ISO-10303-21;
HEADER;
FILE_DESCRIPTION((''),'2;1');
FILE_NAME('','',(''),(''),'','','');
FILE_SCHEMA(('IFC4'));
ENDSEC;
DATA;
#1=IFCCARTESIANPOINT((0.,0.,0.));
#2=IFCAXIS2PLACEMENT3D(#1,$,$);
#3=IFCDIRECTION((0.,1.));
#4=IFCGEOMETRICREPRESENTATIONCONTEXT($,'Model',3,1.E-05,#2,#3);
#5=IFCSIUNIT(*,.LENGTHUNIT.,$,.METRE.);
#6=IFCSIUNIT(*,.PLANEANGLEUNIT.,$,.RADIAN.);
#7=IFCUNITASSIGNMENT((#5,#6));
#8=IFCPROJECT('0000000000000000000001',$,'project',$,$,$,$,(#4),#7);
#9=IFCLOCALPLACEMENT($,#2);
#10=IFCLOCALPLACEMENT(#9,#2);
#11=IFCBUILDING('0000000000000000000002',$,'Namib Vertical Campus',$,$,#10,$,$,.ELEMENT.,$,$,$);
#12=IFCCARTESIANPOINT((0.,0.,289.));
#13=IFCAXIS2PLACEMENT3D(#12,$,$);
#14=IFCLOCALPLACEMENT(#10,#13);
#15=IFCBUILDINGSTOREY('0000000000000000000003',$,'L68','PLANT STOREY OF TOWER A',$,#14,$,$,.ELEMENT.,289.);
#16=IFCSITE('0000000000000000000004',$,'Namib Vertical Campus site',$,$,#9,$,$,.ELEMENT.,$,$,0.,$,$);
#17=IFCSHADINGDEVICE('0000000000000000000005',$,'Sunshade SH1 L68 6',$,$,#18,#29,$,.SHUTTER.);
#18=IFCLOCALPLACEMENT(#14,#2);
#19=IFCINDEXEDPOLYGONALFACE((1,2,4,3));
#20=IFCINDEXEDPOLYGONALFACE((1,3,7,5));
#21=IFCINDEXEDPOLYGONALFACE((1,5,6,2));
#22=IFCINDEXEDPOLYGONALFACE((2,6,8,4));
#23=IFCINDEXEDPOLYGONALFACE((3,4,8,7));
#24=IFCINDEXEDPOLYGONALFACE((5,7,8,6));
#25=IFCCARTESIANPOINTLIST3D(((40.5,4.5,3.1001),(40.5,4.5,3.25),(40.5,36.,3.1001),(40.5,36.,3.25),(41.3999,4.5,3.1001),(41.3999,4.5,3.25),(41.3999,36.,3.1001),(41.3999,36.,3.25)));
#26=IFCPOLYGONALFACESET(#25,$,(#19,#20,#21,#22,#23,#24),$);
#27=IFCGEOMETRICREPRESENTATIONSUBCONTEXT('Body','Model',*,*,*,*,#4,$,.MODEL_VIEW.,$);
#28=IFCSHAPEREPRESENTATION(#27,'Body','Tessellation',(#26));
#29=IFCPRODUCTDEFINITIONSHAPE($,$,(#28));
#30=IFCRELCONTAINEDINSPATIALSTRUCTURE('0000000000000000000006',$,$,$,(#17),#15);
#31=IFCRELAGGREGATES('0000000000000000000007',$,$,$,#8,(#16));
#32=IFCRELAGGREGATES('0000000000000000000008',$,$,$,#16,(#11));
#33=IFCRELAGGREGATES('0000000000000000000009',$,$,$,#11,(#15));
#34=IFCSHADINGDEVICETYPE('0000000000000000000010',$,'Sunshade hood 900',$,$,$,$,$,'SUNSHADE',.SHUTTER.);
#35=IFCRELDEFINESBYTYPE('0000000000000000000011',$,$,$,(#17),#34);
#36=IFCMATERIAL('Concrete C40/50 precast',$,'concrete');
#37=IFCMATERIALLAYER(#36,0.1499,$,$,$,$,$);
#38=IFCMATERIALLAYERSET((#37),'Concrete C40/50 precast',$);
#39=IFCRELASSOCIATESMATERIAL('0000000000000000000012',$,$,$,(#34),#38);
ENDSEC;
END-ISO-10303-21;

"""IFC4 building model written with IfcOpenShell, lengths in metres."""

from ifc_helpers import new_model, si_unit, direction, frame, origin, origin_2d, place, context, subcontext, project, spatial, rectangle, extrude, material, layer, layer_set, type_object, element, save


model = new_model("IFC4")

# Units and contexts
model_context = context("Model", 3, precision=1e-05, world=origin(), true_north=direction((0.0, 1.0)))
body_context = subcontext(model_context, "Body", "Model", "MODEL_VIEW")
ifc_project = project(units=[si_unit("LENGTHUNIT", "METRE"), si_unit("PLANEANGLEUNIT", "RADIAN")], contexts=[model_context])

# Site, building, storey
site_placement = place(None, origin())
site = spatial("IfcSite", under=ifc_project, at=site_placement, Name="Namib Vertical Campus site", CompositionType="ELEMENT", RefElevation=0.0)
building_placement = place(site_placement, origin())
building = spatial("IfcBuilding", under=site, at=building_placement, Name="Namib Vertical Campus", CompositionType="ELEMENT")
storey_placement = place(building_placement, frame((0.0, 0.0, 289.0)))
storey = spatial("IfcBuildingStorey", under=building, at=storey_placement, Name="L68", Description="PLANT STOREY OF TOWER A", CompositionType="ELEMENT", Elevation=289.0)

# Shading device
ifc_material_1 = material(Name="Concrete C40/50 precast", Category="concrete")
ifc_layer_1 = layer(ifc_material_1, 0.1499)
ifc_layer_set_1 = layer_set([ifc_layer_1], Name="Concrete C40/50 precast")
shading_device_type = type_object("IfcShadingDeviceType", Name="Sunshade hood 900", ElementType="SUNSHADE", PredefinedType="SHUTTER", material=ifc_layer_set_1)
shading_device_placement = place(storey_placement, frame((40.95, 20.25, 3.1001), z_axis=(0.0, 0.0, 1.0), x_axis=(0.0, 1.0, 0.0)))
element("IfcShadingDevice", 1, at=shading_device_placement, inside=storey, type_object=shading_device_type, Name="Sunshade SH1 L68 6", PredefinedType="SHUTTER", context=body_context, shape_type="SweptSolid", body=[
    extrude(rectangle(XDim=31.5, YDim=0.8999, at=origin_2d()), origin(), (0.0, 0.0, 1.0), 0.1499),
])

save(model, "model.ifc")
